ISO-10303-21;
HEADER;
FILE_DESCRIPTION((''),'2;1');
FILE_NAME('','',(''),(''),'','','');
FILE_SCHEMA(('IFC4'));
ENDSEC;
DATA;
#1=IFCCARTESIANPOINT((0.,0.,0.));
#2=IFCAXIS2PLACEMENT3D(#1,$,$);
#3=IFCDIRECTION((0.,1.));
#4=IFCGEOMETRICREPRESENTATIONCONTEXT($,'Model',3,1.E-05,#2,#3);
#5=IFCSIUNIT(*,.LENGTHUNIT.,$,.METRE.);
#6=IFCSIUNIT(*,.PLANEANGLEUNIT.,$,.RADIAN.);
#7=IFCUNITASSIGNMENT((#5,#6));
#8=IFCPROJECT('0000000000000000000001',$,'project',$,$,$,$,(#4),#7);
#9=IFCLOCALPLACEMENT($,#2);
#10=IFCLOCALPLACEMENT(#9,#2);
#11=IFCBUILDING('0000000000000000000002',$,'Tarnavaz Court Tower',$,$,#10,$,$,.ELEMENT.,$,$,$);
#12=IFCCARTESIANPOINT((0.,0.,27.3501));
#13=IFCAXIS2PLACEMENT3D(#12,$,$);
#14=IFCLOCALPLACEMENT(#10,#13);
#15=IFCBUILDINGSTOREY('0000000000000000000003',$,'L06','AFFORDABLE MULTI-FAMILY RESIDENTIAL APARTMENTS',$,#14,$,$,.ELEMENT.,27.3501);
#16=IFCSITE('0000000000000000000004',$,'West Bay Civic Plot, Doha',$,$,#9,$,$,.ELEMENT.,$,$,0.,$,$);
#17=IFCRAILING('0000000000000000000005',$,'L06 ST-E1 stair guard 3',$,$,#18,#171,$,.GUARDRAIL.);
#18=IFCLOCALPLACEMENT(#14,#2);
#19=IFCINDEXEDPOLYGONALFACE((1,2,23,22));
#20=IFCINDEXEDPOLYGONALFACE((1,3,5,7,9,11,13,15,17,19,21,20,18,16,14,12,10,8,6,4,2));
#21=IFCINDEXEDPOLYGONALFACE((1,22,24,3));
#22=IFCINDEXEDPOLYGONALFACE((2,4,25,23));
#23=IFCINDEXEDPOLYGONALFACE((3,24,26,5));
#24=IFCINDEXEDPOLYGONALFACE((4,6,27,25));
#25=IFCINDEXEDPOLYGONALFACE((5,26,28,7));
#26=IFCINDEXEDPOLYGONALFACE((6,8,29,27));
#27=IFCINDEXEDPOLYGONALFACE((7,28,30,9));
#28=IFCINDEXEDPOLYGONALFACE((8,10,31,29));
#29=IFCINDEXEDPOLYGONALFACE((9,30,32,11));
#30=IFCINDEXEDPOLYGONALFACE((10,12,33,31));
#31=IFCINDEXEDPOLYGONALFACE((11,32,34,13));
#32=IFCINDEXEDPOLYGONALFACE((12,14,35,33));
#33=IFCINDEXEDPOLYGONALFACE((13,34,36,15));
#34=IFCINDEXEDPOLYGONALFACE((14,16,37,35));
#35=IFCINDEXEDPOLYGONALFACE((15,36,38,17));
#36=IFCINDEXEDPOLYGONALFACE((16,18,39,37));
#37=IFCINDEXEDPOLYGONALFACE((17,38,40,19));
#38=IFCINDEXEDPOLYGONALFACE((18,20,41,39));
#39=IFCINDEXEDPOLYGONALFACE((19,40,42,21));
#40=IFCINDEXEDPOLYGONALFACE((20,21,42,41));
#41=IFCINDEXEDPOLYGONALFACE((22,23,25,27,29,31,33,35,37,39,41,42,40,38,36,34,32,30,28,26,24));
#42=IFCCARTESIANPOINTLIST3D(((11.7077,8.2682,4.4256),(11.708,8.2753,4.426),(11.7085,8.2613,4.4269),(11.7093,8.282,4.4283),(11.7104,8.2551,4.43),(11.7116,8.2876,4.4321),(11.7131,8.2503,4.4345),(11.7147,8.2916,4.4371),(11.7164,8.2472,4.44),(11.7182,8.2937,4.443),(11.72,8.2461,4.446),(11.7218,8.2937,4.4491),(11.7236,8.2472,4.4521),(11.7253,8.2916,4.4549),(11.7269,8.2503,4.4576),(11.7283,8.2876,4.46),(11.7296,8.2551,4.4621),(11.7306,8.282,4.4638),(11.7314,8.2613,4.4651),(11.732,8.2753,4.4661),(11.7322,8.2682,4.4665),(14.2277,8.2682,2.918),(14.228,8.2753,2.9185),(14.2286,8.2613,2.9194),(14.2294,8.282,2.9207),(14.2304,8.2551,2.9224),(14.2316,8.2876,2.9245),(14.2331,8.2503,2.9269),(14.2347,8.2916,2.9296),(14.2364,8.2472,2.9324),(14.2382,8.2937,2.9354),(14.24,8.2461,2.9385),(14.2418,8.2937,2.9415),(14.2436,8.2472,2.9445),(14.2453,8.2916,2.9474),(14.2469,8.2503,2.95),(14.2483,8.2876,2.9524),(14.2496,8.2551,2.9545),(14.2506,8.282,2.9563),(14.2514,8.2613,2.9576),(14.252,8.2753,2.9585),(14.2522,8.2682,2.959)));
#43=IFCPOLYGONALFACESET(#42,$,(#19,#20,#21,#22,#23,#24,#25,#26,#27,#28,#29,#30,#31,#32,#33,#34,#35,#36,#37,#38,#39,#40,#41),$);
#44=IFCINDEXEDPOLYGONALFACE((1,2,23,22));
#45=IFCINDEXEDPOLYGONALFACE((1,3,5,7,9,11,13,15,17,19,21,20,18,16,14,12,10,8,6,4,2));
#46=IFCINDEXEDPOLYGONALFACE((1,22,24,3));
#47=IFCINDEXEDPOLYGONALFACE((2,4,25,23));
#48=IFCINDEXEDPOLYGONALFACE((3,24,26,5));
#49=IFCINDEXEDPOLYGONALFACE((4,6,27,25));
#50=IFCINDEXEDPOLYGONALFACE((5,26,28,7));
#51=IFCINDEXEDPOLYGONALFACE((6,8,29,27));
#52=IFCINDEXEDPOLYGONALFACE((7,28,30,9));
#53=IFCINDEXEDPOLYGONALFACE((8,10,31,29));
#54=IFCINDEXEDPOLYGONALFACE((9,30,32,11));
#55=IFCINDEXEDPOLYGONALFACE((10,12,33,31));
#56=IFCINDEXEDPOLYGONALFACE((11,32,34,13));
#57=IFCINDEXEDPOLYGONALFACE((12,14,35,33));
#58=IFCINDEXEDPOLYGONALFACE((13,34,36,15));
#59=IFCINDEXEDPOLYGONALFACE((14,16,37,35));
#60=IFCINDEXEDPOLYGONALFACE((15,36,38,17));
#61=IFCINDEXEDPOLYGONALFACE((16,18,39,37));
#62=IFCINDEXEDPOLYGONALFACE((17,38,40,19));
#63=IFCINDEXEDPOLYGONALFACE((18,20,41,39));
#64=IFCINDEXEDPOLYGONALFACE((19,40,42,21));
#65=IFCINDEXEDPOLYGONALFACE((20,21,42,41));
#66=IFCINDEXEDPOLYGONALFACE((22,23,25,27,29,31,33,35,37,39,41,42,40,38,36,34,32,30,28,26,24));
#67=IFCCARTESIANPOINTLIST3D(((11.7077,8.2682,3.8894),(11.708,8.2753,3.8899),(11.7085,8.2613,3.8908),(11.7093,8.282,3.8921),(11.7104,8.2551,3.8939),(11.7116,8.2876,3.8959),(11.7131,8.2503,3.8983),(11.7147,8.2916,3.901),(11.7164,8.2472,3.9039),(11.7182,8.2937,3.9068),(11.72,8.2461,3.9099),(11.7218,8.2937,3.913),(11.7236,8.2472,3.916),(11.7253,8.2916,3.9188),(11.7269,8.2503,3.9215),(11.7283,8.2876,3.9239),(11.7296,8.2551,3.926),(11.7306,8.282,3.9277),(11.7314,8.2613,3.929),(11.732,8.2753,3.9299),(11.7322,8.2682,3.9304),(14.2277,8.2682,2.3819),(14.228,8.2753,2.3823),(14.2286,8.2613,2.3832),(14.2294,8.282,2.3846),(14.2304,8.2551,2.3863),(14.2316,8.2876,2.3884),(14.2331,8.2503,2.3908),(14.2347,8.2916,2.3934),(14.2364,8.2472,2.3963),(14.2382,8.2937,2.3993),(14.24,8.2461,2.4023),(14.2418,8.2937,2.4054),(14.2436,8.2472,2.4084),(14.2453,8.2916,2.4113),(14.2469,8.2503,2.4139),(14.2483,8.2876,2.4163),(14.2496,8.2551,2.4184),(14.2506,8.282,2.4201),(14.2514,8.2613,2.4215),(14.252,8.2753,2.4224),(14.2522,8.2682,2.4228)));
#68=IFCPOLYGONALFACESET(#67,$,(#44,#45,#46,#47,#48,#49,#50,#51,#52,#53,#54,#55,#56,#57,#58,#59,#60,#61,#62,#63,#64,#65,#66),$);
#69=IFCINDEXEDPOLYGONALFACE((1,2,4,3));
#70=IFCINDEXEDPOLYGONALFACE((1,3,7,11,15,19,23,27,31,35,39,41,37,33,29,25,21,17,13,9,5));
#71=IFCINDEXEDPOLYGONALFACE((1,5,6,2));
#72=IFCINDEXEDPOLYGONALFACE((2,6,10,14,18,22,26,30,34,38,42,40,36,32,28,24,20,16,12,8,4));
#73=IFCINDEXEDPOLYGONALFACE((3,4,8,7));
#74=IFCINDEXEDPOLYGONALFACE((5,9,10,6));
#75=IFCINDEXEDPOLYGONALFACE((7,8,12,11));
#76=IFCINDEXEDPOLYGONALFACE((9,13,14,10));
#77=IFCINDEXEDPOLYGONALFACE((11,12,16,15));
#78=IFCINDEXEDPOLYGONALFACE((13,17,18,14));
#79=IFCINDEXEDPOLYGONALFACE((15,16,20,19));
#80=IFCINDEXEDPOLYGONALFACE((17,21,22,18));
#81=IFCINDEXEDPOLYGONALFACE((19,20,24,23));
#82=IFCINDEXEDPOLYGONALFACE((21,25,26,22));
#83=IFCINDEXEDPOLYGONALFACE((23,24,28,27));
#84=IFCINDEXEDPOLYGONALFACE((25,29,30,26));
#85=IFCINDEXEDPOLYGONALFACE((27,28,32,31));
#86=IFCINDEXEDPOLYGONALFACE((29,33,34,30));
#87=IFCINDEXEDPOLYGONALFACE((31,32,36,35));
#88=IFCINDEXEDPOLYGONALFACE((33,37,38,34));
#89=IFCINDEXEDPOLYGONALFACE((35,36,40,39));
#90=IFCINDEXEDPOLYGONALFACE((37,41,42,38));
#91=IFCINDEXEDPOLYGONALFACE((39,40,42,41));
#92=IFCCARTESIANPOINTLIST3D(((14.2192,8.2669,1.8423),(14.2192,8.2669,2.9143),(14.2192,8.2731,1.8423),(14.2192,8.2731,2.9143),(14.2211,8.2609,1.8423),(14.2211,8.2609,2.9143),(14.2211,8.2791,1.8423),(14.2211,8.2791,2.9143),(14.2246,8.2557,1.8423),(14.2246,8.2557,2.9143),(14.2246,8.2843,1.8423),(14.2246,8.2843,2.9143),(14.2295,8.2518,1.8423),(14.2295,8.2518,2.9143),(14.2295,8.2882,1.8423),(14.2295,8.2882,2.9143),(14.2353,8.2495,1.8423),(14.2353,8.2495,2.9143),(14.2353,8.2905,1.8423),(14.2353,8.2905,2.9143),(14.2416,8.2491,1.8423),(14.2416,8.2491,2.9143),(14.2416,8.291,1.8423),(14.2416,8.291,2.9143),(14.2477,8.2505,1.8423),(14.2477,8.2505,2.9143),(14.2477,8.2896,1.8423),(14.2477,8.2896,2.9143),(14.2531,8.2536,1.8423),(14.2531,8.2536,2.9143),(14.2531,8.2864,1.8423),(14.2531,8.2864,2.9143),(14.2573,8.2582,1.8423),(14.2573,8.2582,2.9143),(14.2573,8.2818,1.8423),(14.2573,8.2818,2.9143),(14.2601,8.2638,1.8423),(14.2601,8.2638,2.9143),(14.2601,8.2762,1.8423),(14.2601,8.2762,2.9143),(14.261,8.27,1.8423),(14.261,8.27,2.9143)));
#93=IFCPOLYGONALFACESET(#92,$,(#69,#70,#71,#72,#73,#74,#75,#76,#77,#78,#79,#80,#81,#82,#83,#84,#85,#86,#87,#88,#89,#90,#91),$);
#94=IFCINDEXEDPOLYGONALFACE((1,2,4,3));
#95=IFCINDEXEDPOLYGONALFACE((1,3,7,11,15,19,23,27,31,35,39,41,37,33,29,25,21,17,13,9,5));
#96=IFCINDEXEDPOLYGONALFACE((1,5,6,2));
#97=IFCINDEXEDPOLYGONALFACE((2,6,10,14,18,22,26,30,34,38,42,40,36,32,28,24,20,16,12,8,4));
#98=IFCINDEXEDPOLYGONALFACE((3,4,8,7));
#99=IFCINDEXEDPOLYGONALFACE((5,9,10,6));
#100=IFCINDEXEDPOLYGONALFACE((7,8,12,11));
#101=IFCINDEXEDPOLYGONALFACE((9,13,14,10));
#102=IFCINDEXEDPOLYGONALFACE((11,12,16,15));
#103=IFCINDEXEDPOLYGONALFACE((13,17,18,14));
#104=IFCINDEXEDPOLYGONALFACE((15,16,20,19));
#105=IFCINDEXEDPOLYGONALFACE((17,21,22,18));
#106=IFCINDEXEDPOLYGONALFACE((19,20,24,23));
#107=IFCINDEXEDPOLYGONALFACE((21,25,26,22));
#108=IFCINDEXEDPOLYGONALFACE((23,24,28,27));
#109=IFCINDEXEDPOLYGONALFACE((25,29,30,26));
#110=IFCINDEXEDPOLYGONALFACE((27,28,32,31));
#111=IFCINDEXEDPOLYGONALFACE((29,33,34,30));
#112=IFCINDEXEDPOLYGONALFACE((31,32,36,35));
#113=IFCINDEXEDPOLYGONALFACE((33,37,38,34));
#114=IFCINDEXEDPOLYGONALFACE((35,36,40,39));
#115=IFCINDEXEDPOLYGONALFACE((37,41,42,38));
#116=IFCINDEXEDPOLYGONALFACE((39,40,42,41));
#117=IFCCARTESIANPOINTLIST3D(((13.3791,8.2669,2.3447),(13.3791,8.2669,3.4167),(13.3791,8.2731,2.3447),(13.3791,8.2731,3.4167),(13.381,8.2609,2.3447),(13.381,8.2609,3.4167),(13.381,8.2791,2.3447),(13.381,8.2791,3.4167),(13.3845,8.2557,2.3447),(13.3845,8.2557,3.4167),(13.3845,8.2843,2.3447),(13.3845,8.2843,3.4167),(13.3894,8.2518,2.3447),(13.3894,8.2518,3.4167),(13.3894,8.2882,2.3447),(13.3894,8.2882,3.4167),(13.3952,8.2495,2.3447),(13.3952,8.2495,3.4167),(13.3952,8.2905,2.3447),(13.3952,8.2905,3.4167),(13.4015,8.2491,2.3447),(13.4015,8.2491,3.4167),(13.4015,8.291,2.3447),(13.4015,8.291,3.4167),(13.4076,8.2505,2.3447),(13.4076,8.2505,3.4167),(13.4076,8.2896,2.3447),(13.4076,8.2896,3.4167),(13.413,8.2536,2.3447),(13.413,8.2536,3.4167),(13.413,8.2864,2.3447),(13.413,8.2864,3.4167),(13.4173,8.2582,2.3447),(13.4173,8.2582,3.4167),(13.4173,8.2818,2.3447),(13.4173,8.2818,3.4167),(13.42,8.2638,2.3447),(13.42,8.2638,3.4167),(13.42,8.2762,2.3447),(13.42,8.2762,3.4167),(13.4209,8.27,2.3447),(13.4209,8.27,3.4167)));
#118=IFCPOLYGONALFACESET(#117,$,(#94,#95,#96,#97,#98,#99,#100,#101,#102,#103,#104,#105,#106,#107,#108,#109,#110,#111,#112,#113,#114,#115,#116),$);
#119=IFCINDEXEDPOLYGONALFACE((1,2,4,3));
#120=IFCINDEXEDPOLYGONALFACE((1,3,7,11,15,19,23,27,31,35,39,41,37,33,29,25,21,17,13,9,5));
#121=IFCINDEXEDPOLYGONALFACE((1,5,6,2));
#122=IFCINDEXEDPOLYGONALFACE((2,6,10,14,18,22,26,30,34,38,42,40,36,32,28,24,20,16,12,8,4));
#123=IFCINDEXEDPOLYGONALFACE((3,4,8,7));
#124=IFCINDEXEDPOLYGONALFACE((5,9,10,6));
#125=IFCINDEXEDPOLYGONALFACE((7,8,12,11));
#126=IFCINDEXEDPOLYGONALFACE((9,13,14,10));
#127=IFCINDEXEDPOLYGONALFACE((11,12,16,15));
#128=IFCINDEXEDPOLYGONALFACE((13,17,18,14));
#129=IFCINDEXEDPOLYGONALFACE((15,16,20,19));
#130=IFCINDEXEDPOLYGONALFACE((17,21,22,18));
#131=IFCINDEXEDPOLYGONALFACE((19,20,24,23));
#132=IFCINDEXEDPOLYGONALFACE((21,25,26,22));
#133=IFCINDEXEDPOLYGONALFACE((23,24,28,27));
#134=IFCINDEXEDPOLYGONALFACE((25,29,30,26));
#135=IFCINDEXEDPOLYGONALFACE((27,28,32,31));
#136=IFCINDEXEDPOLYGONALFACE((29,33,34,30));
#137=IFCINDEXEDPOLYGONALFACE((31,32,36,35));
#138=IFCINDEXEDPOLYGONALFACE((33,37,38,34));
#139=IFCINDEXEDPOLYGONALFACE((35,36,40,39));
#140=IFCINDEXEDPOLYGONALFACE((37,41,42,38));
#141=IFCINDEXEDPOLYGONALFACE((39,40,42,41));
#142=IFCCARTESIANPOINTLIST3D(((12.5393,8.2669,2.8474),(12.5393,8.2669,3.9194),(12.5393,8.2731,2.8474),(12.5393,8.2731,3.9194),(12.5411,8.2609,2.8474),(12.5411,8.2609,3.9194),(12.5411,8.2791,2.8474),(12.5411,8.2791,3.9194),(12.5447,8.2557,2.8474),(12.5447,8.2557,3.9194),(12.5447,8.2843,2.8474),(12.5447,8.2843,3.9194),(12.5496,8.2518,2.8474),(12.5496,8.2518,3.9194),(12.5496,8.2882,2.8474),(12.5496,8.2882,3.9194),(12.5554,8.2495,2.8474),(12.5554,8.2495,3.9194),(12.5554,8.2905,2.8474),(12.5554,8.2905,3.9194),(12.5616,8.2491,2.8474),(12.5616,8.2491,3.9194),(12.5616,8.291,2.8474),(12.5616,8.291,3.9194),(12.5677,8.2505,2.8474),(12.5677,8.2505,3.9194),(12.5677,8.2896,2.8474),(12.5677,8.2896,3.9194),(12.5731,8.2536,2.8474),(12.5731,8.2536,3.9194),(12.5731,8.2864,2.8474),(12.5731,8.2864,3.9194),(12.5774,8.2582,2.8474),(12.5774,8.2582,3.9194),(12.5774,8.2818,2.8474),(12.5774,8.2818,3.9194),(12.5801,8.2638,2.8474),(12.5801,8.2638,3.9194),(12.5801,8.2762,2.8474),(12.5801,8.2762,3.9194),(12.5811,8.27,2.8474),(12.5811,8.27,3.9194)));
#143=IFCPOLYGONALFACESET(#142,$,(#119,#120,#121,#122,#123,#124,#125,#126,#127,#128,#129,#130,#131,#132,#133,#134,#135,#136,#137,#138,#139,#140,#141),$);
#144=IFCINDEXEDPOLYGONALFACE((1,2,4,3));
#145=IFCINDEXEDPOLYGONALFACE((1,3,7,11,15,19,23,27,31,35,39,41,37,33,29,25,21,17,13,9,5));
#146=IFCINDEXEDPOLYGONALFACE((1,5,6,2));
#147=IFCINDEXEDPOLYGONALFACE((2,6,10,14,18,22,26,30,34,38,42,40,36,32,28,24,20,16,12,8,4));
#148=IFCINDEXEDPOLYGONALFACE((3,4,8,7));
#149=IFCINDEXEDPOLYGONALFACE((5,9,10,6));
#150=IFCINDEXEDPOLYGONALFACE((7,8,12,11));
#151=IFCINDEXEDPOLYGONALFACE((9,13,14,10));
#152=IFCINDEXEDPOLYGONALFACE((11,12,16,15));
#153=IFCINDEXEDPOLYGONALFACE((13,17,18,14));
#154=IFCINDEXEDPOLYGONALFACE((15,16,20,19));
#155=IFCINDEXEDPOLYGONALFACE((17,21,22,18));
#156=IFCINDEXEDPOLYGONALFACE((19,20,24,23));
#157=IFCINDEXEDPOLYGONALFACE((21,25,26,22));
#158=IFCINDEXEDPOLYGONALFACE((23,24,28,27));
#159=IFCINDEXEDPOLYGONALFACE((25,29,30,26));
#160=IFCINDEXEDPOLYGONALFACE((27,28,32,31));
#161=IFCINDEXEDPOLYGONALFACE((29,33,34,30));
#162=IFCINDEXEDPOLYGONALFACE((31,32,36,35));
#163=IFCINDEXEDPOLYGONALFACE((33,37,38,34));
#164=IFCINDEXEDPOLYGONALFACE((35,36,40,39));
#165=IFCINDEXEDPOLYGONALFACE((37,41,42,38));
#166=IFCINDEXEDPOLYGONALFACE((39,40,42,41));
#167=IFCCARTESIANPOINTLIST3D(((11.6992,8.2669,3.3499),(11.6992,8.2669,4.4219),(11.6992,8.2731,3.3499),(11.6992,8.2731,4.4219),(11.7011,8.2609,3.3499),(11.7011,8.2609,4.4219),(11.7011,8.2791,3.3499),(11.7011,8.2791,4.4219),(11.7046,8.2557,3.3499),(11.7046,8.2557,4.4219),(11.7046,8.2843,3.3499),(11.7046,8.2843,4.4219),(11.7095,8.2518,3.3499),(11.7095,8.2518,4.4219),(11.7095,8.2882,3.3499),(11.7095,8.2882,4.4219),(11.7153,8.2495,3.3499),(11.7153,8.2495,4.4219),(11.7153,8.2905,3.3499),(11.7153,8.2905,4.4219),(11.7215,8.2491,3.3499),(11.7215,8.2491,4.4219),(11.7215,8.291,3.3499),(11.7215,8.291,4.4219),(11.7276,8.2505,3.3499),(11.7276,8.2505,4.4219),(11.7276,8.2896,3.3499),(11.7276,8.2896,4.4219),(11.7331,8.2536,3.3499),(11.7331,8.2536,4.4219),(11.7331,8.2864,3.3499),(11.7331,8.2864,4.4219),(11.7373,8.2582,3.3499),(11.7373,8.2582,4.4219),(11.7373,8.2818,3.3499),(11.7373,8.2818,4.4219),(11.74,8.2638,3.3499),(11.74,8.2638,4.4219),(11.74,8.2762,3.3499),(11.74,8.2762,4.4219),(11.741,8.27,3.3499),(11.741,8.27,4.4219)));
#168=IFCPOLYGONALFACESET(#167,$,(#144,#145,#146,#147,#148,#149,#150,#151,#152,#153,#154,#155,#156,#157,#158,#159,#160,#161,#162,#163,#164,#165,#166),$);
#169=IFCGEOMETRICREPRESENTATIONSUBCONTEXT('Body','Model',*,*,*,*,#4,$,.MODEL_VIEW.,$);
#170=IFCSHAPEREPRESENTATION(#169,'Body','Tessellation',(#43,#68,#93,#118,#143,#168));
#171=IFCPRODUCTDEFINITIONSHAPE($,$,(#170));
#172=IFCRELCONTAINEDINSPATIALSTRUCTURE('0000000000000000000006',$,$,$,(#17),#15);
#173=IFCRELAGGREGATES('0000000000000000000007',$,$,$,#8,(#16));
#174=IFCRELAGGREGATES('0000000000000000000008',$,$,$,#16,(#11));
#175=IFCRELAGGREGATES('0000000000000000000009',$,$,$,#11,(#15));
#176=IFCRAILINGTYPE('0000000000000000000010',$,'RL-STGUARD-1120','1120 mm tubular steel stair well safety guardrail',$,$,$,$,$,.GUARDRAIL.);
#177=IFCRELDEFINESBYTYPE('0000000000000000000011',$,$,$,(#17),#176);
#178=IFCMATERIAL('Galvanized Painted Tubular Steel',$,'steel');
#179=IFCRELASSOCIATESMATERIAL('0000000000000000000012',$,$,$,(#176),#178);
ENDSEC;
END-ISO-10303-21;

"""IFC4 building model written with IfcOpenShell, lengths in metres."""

from ifc_helpers import new_model, si_unit, direction, frame, origin, origin_2d, place, context, subcontext, project, spatial, circle, extrude, material, type_object, element, save


model = new_model("IFC4")

# Units and contexts
model_context = context("Model", 3, precision=1e-05, world=origin(), true_north=direction((0.0, 1.0)))
body_context = subcontext(model_context, "Body", "Model", "MODEL_VIEW")
ifc_project = project(units=[si_unit("LENGTHUNIT", "METRE"), si_unit("PLANEANGLEUNIT", "RADIAN")], contexts=[model_context])

# Site, building, storey
site_placement = place(None, origin())
site = spatial("IfcSite", under=ifc_project, at=site_placement, Name="West Bay Civic Plot, Doha", CompositionType="ELEMENT", RefElevation=0.0)
building_placement = place(site_placement, origin())
building = spatial("IfcBuilding", under=site, at=building_placement, Name="Tarnavaz Court Tower", CompositionType="ELEMENT")
storey_placement = place(building_placement, frame((0.0, 0.0, 27.3501)))
storey = spatial("IfcBuildingStorey", under=building, at=storey_placement, Name="L06", Description="AFFORDABLE MULTI-FAMILY RESIDENTIAL APARTMENTS", CompositionType="ELEMENT", Elevation=27.3501)

# Railing
ifc_material_1 = material(Name="Galvanized Painted Tubular Steel", Category="steel")
railing_type_1 = type_object("IfcRailingType", Name="RL-STGUARD-1120", Description="1120 mm tubular steel stair well safety guardrail", PredefinedType="GUARDRAIL", material=ifc_material_1)
railing_1_placement = place(storey_placement, frame((14.24, 8.27, 1.8423)))
element("IfcRailing", 1, at=railing_1_placement, inside=storey, type_object=railing_type_1, Name="L06 ST-E1 stair guard 3", PredefinedType="GUARDRAIL", context=body_context, shape_type="SweptSolid", body=[
    extrude(circle(Radius=0.0239, at=origin_2d()), frame((0.0, 0.0, 1.0962), z_axis=(-0.85816, 0.0, 0.513383), x_axis=(0.0, -1.0, 0.0)), (0.0, 0.0, 1.0), 2.9365),
    extrude(circle(Radius=0.0239, at=origin_2d()), frame((0.0, 0.0, 0.5601), z_axis=(-0.85816, 0.0, 0.513383), x_axis=(0.0, -1.0, 0.0)), (0.0, 0.0, 1.0), 2.9365),
    extrude(circle(Radius=0.021, at=origin_2d()), origin(), (0.0, 0.0, 1.0), 1.072),
    extrude(circle(Radius=0.021, at=origin_2d()), frame((-0.8401, 0.0, 0.5024)), (0.0, 0.0, 1.0), 1.072),
    extrude(circle(Radius=0.021, at=origin_2d()), frame((-1.6799, 0.0, 1.0051)), (0.0, 0.0, 1.0), 1.072),
    extrude(circle(Radius=0.021, at=origin_2d()), frame((-2.52, 0.0, 1.5076)), (0.0, 0.0, 1.0), 1.072),
])

save(model, "model.ifc")
